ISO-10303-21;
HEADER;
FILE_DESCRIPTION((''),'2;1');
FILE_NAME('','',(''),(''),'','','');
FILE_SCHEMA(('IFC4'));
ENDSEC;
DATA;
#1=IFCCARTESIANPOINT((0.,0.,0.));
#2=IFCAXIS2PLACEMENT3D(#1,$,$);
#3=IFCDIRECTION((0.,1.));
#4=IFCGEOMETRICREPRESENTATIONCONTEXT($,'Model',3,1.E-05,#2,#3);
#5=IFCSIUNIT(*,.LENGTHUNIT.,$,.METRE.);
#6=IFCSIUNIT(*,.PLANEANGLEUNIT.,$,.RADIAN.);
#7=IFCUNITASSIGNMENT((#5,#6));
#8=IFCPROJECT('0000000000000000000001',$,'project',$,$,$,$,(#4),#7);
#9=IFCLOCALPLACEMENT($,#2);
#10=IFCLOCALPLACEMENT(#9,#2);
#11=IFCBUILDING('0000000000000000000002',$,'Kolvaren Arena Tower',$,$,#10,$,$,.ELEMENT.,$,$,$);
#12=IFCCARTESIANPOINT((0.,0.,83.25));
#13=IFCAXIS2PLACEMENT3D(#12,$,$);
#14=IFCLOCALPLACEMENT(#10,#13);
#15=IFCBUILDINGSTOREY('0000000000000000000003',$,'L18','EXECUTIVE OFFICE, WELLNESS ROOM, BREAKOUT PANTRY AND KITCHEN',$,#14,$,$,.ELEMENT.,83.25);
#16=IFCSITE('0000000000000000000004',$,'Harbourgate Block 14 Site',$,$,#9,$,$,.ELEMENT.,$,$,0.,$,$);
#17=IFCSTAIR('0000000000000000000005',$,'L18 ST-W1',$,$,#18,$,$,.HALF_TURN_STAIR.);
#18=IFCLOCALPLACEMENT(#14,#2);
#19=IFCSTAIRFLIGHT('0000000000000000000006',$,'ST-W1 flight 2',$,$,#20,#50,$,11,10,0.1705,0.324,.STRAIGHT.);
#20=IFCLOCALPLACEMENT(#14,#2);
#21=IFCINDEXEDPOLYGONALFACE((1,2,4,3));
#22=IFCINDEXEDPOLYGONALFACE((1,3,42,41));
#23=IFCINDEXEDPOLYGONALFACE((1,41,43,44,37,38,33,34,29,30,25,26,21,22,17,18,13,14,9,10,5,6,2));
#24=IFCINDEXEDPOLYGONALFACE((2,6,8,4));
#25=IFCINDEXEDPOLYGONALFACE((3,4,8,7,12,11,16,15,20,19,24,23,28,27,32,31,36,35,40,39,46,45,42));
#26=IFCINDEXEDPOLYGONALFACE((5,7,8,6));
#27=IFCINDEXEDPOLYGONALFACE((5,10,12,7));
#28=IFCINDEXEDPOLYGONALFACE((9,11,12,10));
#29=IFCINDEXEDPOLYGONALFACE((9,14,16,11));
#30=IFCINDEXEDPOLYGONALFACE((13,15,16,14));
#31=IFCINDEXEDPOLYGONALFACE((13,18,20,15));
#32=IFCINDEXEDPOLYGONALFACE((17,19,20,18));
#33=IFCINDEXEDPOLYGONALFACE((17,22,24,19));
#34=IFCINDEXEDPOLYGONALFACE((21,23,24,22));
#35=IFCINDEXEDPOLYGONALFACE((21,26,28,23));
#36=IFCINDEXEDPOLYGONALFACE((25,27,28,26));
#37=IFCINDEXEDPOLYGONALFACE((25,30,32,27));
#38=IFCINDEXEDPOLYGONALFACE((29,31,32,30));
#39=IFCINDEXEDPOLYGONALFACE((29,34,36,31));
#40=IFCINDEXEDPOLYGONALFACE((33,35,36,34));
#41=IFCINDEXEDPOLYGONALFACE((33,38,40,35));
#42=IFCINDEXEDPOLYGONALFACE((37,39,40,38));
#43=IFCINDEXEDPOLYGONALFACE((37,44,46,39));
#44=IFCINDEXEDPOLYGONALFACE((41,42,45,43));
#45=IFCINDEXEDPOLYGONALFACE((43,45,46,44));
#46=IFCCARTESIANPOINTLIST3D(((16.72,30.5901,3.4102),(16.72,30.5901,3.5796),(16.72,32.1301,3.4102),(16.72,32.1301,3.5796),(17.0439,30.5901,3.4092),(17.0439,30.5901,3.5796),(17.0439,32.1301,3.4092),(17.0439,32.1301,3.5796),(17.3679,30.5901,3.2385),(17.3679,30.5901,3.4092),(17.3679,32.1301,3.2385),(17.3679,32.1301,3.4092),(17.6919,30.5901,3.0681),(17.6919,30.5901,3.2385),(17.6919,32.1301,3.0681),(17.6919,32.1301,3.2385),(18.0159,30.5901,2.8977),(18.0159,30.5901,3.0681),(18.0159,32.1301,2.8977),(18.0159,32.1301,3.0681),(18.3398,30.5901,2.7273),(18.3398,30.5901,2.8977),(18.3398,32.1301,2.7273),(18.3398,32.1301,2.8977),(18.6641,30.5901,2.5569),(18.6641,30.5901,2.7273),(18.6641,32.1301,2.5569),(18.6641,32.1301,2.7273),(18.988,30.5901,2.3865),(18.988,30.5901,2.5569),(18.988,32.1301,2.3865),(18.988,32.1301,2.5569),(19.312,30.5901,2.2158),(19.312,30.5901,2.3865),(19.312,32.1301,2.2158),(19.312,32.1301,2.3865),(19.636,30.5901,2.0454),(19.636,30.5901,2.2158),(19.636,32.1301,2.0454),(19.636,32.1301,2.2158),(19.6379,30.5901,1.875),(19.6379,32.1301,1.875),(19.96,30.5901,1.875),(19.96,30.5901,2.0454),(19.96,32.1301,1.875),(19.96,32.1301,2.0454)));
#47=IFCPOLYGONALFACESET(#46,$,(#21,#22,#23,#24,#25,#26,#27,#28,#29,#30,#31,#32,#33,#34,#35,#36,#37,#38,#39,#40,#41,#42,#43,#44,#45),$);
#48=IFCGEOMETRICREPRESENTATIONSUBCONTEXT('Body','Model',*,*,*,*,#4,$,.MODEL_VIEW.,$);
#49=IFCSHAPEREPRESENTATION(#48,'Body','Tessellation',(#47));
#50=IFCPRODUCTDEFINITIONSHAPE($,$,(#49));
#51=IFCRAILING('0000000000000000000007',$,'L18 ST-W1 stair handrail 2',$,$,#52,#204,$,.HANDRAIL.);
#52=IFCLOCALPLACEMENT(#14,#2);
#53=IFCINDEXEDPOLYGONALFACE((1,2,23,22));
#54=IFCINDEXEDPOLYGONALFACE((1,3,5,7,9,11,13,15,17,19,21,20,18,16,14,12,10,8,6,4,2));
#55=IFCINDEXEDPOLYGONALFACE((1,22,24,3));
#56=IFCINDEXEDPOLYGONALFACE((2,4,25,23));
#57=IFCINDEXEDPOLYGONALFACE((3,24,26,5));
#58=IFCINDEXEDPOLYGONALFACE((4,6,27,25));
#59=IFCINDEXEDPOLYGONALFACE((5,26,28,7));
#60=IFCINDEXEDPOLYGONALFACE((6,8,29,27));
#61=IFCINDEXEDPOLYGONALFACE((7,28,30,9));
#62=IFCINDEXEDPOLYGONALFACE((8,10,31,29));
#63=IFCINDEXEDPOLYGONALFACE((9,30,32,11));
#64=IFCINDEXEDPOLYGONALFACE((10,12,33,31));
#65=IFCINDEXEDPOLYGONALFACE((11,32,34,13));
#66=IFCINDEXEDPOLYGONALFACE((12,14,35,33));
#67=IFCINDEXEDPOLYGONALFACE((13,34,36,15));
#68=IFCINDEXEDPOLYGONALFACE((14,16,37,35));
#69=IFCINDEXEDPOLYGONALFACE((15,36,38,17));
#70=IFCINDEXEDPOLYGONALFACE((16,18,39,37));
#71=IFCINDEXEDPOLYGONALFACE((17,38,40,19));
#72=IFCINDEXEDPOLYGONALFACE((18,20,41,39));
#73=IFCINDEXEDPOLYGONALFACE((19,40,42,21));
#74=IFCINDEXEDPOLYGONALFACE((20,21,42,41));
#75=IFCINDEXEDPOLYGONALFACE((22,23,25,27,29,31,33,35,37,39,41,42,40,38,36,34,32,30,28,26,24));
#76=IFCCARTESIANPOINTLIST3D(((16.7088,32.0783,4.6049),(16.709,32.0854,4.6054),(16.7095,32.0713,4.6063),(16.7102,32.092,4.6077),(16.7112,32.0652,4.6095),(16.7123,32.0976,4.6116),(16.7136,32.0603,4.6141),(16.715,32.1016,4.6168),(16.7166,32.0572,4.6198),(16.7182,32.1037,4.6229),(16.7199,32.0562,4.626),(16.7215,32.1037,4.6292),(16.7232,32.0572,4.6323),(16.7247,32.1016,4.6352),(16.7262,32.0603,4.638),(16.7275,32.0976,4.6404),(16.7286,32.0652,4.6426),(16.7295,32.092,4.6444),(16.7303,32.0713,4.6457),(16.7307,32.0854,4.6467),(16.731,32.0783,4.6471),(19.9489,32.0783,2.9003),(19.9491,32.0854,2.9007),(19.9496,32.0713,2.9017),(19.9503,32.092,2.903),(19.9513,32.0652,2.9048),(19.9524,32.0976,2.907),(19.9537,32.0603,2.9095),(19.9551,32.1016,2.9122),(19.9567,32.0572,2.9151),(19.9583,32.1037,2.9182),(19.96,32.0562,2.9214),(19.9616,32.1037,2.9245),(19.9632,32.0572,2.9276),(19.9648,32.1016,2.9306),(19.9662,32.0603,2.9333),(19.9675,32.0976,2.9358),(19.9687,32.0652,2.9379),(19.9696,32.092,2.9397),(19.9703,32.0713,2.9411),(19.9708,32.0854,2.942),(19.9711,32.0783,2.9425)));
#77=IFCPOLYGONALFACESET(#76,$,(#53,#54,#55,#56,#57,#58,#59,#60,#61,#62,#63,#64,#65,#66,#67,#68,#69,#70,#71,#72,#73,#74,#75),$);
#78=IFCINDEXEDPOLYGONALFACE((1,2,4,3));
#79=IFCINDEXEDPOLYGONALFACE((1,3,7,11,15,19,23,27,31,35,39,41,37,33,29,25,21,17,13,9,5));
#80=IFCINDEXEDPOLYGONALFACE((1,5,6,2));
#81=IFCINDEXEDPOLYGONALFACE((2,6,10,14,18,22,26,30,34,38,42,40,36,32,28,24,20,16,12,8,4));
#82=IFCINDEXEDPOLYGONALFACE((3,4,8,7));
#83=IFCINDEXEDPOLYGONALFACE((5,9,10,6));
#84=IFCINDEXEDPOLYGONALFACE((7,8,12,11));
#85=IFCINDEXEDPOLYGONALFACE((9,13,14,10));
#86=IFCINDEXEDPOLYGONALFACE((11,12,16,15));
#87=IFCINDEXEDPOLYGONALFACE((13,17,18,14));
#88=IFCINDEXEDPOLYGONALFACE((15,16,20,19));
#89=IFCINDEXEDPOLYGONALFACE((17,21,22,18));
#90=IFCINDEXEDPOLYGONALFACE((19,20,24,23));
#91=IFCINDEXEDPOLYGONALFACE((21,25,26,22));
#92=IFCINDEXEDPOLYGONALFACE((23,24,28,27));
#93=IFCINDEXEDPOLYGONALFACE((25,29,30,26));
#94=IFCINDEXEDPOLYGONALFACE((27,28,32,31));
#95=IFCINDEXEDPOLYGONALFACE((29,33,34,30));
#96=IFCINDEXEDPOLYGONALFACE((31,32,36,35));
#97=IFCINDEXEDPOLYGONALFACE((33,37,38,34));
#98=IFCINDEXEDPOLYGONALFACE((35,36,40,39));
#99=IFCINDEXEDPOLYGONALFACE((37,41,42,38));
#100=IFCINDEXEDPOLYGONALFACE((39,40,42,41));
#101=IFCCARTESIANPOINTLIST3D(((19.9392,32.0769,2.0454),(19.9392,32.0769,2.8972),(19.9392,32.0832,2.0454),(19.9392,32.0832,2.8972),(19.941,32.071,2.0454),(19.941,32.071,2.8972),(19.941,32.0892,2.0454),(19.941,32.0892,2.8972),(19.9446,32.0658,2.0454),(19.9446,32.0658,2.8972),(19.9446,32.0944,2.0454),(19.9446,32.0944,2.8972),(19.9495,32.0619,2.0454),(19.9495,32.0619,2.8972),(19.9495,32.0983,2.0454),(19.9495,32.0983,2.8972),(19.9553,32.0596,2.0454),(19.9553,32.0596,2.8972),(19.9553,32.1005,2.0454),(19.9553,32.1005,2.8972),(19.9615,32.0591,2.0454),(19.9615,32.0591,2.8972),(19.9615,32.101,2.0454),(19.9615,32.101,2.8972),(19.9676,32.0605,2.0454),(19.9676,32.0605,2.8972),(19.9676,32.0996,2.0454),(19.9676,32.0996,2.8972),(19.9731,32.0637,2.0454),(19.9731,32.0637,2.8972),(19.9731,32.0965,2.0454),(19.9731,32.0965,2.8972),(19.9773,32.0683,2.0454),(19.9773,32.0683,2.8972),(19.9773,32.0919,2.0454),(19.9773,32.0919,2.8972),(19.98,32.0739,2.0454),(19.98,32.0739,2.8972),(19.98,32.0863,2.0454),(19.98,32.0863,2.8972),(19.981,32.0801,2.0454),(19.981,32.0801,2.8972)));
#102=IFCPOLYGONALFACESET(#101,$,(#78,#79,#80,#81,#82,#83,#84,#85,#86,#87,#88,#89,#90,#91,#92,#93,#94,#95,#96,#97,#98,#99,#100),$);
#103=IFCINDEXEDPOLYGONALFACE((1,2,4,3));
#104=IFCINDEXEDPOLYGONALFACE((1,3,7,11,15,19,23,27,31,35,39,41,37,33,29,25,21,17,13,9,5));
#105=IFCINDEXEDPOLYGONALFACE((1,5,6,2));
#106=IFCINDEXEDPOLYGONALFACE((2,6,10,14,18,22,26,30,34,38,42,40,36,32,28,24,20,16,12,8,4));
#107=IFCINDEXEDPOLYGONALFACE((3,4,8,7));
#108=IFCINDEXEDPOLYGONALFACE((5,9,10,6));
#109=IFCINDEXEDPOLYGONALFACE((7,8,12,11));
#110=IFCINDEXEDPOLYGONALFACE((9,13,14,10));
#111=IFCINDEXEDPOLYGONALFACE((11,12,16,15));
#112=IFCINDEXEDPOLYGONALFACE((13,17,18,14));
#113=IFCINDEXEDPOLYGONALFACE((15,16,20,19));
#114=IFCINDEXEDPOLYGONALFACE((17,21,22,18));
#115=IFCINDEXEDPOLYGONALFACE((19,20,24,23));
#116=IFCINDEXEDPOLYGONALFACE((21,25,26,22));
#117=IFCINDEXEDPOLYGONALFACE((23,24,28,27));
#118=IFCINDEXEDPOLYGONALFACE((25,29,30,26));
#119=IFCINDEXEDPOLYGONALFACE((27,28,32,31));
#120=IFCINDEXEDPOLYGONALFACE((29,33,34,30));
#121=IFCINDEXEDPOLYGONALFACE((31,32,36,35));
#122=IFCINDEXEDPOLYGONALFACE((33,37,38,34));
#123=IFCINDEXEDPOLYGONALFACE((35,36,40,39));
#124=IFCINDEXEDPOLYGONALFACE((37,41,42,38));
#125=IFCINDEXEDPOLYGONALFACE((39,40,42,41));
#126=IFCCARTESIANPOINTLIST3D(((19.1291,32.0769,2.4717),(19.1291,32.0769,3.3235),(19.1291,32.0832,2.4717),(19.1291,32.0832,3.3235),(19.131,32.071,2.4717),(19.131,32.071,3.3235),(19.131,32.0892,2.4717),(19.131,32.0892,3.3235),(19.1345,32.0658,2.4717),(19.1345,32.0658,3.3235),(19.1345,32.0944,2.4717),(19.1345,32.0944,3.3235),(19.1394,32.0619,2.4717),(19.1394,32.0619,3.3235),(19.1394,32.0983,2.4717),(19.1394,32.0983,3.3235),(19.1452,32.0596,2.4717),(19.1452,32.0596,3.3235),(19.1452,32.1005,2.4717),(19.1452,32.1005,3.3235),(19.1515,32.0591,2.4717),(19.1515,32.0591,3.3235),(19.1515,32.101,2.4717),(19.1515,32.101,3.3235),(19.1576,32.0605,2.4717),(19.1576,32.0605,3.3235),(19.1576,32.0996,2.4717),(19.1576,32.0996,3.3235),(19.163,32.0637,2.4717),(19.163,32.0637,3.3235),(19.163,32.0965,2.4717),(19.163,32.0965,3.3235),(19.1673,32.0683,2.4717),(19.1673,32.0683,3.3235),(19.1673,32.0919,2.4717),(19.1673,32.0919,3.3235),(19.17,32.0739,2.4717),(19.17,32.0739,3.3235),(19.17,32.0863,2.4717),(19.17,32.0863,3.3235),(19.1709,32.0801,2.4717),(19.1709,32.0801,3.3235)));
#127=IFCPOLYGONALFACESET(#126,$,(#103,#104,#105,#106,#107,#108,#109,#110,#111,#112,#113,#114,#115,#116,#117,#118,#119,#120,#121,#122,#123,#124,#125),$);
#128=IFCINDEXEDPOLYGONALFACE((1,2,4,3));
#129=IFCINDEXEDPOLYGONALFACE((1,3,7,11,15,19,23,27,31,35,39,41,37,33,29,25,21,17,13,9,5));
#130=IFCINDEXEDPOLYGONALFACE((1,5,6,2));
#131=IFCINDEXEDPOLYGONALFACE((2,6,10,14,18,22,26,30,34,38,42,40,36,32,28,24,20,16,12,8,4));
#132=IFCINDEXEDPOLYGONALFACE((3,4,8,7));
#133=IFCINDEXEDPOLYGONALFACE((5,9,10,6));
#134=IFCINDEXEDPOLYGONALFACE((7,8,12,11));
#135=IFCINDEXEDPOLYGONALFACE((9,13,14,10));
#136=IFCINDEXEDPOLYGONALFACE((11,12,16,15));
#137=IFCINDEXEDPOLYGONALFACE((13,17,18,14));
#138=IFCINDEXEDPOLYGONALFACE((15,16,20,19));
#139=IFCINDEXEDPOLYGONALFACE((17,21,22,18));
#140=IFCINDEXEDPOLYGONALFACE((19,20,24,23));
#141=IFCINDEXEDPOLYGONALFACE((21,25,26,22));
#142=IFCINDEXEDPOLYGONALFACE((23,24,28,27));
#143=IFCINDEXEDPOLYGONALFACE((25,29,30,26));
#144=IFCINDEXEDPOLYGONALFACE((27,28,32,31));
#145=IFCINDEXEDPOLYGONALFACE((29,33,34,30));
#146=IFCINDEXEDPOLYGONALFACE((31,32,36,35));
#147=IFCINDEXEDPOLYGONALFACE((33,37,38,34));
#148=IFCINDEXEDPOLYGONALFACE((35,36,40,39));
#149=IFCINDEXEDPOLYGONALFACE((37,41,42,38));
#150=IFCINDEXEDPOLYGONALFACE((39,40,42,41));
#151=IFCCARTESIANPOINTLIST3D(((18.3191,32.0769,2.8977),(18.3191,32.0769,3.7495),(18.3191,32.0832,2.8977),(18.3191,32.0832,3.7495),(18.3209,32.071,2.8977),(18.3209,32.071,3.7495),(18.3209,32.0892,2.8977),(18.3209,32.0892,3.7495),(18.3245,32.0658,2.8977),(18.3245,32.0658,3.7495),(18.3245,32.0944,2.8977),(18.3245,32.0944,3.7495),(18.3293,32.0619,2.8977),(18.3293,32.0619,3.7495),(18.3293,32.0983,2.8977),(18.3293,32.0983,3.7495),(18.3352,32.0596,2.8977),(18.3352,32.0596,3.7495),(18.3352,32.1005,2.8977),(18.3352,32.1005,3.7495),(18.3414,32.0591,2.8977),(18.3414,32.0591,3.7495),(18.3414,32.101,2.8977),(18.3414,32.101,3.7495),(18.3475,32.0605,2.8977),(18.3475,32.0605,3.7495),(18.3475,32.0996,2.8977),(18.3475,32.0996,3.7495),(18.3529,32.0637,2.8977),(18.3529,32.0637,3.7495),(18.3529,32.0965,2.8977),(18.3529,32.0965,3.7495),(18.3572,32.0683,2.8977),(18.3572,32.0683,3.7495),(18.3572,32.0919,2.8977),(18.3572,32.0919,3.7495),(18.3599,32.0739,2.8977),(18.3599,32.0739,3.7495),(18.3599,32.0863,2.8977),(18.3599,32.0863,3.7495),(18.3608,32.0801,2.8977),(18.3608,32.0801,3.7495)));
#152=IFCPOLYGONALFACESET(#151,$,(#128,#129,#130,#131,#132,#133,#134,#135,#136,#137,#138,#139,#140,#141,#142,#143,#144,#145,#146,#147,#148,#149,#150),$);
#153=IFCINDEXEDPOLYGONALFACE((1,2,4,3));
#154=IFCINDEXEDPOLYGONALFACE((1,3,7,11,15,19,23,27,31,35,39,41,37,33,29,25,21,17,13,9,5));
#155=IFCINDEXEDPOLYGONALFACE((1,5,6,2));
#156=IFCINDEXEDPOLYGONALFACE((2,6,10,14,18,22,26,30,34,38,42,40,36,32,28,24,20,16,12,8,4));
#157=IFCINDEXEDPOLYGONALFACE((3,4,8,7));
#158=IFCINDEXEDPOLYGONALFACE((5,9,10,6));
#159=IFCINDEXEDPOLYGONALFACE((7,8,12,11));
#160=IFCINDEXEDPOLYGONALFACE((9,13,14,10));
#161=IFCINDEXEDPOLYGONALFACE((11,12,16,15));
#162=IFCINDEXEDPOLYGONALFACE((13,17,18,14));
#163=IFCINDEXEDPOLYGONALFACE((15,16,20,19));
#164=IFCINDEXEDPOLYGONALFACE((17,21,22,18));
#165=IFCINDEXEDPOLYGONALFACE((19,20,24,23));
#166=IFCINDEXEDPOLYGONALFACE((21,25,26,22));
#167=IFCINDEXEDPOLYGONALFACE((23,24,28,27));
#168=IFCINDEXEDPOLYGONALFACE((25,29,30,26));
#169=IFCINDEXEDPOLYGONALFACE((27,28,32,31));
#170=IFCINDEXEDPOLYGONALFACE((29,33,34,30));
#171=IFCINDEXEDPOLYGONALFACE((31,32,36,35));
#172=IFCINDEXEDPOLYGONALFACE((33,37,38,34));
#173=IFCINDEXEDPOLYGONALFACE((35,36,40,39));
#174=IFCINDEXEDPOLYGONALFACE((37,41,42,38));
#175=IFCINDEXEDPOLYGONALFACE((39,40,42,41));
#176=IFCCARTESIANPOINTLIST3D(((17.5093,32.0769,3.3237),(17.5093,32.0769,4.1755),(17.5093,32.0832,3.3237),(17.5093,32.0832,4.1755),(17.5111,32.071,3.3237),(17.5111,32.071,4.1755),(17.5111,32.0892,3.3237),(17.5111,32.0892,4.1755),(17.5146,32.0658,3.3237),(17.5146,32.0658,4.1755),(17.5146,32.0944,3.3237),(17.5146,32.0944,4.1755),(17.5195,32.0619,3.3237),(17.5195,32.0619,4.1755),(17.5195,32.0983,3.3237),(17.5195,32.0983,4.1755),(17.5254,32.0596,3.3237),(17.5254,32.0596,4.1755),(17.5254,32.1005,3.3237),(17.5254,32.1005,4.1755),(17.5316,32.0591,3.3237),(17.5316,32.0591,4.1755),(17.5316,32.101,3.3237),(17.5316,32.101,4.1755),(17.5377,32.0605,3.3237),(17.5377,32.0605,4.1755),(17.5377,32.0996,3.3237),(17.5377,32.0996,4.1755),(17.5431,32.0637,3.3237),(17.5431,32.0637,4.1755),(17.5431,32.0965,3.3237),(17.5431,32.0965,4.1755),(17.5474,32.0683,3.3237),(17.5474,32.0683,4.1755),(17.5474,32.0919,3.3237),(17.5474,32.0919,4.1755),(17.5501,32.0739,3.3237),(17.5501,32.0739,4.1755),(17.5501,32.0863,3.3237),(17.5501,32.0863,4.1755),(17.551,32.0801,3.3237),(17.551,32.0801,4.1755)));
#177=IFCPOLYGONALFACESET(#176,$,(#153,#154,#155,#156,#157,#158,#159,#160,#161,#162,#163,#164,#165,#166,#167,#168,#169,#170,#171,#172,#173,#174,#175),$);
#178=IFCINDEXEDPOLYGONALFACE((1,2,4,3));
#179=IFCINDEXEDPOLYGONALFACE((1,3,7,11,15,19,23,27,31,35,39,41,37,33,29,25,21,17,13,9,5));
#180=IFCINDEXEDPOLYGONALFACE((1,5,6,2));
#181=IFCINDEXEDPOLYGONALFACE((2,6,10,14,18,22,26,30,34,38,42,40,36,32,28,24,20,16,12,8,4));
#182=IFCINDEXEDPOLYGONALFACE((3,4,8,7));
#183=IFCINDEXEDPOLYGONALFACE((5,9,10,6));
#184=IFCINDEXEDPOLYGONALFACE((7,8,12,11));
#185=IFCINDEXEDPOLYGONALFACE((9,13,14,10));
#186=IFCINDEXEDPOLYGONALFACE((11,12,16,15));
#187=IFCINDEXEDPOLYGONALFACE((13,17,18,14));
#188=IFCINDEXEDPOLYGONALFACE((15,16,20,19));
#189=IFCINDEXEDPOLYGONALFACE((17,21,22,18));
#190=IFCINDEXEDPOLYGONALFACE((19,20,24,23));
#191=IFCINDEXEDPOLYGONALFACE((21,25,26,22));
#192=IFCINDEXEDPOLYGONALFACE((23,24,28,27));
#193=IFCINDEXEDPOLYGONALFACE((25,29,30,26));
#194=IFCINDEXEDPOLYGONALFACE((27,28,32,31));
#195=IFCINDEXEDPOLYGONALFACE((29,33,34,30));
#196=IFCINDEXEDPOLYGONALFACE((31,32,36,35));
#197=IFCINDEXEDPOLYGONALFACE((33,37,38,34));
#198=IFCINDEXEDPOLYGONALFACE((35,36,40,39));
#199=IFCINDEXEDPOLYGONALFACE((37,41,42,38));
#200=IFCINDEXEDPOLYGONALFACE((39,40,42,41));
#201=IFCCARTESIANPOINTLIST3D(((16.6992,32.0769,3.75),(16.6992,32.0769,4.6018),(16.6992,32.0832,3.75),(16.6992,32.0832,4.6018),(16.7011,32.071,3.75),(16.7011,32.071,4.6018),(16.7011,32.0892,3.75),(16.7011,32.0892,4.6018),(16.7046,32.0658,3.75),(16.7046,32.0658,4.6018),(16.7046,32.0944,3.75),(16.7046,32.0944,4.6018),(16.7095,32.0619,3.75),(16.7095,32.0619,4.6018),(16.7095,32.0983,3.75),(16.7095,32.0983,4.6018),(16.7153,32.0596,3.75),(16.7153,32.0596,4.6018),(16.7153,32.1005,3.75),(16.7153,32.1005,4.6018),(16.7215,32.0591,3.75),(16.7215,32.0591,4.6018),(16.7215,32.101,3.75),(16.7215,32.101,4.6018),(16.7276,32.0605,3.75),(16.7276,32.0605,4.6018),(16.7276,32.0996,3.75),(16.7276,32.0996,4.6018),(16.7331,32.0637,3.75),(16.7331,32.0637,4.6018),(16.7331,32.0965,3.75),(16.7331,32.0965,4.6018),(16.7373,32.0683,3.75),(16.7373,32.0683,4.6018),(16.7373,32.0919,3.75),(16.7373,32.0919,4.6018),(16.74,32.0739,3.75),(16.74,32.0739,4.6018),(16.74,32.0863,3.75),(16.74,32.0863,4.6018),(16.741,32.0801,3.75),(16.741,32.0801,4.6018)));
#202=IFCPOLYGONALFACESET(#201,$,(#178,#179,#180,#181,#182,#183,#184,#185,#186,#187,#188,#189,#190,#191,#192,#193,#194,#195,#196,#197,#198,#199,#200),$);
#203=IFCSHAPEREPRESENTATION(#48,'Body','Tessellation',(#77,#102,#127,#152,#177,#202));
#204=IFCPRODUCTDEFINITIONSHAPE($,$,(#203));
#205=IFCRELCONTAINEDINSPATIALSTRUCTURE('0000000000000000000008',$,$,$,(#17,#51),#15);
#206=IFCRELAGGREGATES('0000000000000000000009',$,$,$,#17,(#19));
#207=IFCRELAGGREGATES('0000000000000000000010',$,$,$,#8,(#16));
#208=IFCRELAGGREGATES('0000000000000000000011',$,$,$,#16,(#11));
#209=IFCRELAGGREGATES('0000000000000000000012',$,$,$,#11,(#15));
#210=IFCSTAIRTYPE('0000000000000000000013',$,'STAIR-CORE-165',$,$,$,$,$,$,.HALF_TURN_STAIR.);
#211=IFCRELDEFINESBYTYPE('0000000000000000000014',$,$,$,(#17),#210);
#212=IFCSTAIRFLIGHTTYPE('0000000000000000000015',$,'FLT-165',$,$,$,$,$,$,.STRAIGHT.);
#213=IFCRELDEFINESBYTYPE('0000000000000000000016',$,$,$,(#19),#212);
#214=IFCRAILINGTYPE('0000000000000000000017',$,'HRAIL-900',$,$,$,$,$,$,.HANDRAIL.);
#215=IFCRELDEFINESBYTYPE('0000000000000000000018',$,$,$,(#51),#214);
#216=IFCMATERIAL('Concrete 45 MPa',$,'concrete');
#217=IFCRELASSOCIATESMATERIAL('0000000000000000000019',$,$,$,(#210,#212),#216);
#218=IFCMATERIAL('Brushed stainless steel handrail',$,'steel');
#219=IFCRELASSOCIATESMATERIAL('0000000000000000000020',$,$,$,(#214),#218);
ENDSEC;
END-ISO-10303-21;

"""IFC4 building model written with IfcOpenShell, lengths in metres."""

from ifc_helpers import new_model, si_unit, direction, frame, origin, origin_2d, place, context, subcontext, project, spatial, polyline, circle, outline, extrude, material, type_object, element, aggregate, save


model = new_model("IFC4")

# Units and contexts
model_context = context("Model", 3, precision=1e-05, world=origin(), true_north=direction((0.0, 1.0)))
body_context = subcontext(model_context, "Body", "Model", "MODEL_VIEW")
ifc_project = project(units=[si_unit("LENGTHUNIT", "METRE"), si_unit("PLANEANGLEUNIT", "RADIAN")], contexts=[model_context])

# Site, building, storey
site_placement = place(None, origin())
site = spatial("IfcSite", under=ifc_project, at=site_placement, Name="Harbourgate Block 14 Site", CompositionType="ELEMENT", RefElevation=0.0)
building_placement = place(site_placement, origin())
building = spatial("IfcBuilding", under=site, at=building_placement, Name="Kolvaren Arena Tower", CompositionType="ELEMENT")
storey_placement = place(building_placement, frame((0.0, 0.0, 83.25)))
storey = spatial("IfcBuildingStorey", under=building, at=storey_placement, Name="L18", Description="EXECUTIVE OFFICE, WELLNESS ROOM, BREAKOUT PANTRY AND KITCHEN", CompositionType="ELEMENT", Elevation=83.25)

# Stair, stair flight
ifc_material_1 = material(Name="Concrete 45 MPa", Category="concrete")
stair_type = type_object("IfcStairType", Name="STAIR-CORE-165", PredefinedType="HALF_TURN_STAIR", material=ifc_material_1)
stair_placement = place(storey_placement, origin())
stair = element("IfcStair", 1, at=stair_placement, inside=storey, type_object=stair_type, Name="L18 ST-W1", PredefinedType="HALF_TURN_STAIR")
stair_flight_type = type_object("IfcStairFlightType", Name="FLT-165", PredefinedType="STRAIGHT", material=ifc_material_1)
stair_flight_placement = place(storey_placement, frame((19.96, 31.3601, 1.875), z_axis=(0.0, 0.0, 1.0), x_axis=(-1.0, 0.0, 0.0)))
stair_flight = element("IfcStairFlight", 2, at=stair_flight_placement, type_object=stair_flight_type, Name="ST-W1 flight 2", NumberOfRisers=11, NumberOfTreads=10, PredefinedType="STRAIGHT", RiserHeight=0.1705, TreadLength=0.324, context=body_context, shape_type="SweptSolid", body=[
    extrude(outline(polyline([(0.0, 0.0), (0.0, 0.1704), (0.324, 0.1704), (0.324, 0.3408), (0.6479, 0.3408), (0.6479, 0.5115), (0.9719, 0.5115), (0.9719, 0.6819), (1.2959, 0.6819), (1.2959, 0.8523), (1.6201, 0.8523), (1.6201, 1.0227), (1.9441, 1.0227), (1.9441, 1.1931), (2.2681, 1.1931), (2.2681, 1.3635), (2.592, 1.3635), (2.592, 1.5342), (2.916, 1.5342), (2.916, 1.7046), (3.24, 1.7046), (3.24, 1.875), (3.24, 1.5352), (0.322, 0.0), (0.0, 0.0)])), frame((0.0, 0.77, 0.0), z_axis=(0.0, -1.0, 0.0), x_axis=(1.0, 0.0, 0.0)), (0.0, 0.0, 1.0), 1.54),
])
aggregate(stair, [stair_flight])

# Railing
ifc_material_2 = material(Name="Brushed stainless steel handrail", Category="steel")
railing_type = type_object("IfcRailingType", Name="HRAIL-900", PredefinedType="HANDRAIL", material=ifc_material_2)
railing_placement = place(storey_placement, frame((19.96, 32.0801, 2.0454)))
element("IfcRailing", 3, at=railing_placement, inside=storey, type_object=railing_type, Name="L18 ST-W1 stair handrail 2", PredefinedType="HANDRAIL", context=body_context, shape_type="SweptSolid", body=[
    extrude(circle(Radius=0.0239, at=origin_2d()), frame((0.0, 0.0, 0.876), z_axis=(-0.884993, 0.0, 0.465604), x_axis=(0.0, -1.0, 0.0)), (0.0, 0.0, 1.0), 3.6611),
    extrude(circle(Radius=0.021, at=origin_2d()), origin(), (0.0, 0.0, 1.0), 0.8518),
    extrude(circle(Radius=0.021, at=origin_2d()), frame((-0.8101, 0.0, 0.4263)), (0.0, 0.0, 1.0), 0.8518),
    extrude(circle(Radius=0.021, at=origin_2d()), frame((-1.6201, 0.0, 0.8523)), (0.0, 0.0, 1.0), 0.8518),
    extrude(circle(Radius=0.021, at=origin_2d()), frame((-2.4299, 0.0, 1.2783)), (0.0, 0.0, 1.0), 0.8518),
    extrude(circle(Radius=0.021, at=origin_2d()), frame((-3.24, 0.0, 1.7046)), (0.0, 0.0, 1.0), 0.8518),
])

save(model, "model.ifc")
